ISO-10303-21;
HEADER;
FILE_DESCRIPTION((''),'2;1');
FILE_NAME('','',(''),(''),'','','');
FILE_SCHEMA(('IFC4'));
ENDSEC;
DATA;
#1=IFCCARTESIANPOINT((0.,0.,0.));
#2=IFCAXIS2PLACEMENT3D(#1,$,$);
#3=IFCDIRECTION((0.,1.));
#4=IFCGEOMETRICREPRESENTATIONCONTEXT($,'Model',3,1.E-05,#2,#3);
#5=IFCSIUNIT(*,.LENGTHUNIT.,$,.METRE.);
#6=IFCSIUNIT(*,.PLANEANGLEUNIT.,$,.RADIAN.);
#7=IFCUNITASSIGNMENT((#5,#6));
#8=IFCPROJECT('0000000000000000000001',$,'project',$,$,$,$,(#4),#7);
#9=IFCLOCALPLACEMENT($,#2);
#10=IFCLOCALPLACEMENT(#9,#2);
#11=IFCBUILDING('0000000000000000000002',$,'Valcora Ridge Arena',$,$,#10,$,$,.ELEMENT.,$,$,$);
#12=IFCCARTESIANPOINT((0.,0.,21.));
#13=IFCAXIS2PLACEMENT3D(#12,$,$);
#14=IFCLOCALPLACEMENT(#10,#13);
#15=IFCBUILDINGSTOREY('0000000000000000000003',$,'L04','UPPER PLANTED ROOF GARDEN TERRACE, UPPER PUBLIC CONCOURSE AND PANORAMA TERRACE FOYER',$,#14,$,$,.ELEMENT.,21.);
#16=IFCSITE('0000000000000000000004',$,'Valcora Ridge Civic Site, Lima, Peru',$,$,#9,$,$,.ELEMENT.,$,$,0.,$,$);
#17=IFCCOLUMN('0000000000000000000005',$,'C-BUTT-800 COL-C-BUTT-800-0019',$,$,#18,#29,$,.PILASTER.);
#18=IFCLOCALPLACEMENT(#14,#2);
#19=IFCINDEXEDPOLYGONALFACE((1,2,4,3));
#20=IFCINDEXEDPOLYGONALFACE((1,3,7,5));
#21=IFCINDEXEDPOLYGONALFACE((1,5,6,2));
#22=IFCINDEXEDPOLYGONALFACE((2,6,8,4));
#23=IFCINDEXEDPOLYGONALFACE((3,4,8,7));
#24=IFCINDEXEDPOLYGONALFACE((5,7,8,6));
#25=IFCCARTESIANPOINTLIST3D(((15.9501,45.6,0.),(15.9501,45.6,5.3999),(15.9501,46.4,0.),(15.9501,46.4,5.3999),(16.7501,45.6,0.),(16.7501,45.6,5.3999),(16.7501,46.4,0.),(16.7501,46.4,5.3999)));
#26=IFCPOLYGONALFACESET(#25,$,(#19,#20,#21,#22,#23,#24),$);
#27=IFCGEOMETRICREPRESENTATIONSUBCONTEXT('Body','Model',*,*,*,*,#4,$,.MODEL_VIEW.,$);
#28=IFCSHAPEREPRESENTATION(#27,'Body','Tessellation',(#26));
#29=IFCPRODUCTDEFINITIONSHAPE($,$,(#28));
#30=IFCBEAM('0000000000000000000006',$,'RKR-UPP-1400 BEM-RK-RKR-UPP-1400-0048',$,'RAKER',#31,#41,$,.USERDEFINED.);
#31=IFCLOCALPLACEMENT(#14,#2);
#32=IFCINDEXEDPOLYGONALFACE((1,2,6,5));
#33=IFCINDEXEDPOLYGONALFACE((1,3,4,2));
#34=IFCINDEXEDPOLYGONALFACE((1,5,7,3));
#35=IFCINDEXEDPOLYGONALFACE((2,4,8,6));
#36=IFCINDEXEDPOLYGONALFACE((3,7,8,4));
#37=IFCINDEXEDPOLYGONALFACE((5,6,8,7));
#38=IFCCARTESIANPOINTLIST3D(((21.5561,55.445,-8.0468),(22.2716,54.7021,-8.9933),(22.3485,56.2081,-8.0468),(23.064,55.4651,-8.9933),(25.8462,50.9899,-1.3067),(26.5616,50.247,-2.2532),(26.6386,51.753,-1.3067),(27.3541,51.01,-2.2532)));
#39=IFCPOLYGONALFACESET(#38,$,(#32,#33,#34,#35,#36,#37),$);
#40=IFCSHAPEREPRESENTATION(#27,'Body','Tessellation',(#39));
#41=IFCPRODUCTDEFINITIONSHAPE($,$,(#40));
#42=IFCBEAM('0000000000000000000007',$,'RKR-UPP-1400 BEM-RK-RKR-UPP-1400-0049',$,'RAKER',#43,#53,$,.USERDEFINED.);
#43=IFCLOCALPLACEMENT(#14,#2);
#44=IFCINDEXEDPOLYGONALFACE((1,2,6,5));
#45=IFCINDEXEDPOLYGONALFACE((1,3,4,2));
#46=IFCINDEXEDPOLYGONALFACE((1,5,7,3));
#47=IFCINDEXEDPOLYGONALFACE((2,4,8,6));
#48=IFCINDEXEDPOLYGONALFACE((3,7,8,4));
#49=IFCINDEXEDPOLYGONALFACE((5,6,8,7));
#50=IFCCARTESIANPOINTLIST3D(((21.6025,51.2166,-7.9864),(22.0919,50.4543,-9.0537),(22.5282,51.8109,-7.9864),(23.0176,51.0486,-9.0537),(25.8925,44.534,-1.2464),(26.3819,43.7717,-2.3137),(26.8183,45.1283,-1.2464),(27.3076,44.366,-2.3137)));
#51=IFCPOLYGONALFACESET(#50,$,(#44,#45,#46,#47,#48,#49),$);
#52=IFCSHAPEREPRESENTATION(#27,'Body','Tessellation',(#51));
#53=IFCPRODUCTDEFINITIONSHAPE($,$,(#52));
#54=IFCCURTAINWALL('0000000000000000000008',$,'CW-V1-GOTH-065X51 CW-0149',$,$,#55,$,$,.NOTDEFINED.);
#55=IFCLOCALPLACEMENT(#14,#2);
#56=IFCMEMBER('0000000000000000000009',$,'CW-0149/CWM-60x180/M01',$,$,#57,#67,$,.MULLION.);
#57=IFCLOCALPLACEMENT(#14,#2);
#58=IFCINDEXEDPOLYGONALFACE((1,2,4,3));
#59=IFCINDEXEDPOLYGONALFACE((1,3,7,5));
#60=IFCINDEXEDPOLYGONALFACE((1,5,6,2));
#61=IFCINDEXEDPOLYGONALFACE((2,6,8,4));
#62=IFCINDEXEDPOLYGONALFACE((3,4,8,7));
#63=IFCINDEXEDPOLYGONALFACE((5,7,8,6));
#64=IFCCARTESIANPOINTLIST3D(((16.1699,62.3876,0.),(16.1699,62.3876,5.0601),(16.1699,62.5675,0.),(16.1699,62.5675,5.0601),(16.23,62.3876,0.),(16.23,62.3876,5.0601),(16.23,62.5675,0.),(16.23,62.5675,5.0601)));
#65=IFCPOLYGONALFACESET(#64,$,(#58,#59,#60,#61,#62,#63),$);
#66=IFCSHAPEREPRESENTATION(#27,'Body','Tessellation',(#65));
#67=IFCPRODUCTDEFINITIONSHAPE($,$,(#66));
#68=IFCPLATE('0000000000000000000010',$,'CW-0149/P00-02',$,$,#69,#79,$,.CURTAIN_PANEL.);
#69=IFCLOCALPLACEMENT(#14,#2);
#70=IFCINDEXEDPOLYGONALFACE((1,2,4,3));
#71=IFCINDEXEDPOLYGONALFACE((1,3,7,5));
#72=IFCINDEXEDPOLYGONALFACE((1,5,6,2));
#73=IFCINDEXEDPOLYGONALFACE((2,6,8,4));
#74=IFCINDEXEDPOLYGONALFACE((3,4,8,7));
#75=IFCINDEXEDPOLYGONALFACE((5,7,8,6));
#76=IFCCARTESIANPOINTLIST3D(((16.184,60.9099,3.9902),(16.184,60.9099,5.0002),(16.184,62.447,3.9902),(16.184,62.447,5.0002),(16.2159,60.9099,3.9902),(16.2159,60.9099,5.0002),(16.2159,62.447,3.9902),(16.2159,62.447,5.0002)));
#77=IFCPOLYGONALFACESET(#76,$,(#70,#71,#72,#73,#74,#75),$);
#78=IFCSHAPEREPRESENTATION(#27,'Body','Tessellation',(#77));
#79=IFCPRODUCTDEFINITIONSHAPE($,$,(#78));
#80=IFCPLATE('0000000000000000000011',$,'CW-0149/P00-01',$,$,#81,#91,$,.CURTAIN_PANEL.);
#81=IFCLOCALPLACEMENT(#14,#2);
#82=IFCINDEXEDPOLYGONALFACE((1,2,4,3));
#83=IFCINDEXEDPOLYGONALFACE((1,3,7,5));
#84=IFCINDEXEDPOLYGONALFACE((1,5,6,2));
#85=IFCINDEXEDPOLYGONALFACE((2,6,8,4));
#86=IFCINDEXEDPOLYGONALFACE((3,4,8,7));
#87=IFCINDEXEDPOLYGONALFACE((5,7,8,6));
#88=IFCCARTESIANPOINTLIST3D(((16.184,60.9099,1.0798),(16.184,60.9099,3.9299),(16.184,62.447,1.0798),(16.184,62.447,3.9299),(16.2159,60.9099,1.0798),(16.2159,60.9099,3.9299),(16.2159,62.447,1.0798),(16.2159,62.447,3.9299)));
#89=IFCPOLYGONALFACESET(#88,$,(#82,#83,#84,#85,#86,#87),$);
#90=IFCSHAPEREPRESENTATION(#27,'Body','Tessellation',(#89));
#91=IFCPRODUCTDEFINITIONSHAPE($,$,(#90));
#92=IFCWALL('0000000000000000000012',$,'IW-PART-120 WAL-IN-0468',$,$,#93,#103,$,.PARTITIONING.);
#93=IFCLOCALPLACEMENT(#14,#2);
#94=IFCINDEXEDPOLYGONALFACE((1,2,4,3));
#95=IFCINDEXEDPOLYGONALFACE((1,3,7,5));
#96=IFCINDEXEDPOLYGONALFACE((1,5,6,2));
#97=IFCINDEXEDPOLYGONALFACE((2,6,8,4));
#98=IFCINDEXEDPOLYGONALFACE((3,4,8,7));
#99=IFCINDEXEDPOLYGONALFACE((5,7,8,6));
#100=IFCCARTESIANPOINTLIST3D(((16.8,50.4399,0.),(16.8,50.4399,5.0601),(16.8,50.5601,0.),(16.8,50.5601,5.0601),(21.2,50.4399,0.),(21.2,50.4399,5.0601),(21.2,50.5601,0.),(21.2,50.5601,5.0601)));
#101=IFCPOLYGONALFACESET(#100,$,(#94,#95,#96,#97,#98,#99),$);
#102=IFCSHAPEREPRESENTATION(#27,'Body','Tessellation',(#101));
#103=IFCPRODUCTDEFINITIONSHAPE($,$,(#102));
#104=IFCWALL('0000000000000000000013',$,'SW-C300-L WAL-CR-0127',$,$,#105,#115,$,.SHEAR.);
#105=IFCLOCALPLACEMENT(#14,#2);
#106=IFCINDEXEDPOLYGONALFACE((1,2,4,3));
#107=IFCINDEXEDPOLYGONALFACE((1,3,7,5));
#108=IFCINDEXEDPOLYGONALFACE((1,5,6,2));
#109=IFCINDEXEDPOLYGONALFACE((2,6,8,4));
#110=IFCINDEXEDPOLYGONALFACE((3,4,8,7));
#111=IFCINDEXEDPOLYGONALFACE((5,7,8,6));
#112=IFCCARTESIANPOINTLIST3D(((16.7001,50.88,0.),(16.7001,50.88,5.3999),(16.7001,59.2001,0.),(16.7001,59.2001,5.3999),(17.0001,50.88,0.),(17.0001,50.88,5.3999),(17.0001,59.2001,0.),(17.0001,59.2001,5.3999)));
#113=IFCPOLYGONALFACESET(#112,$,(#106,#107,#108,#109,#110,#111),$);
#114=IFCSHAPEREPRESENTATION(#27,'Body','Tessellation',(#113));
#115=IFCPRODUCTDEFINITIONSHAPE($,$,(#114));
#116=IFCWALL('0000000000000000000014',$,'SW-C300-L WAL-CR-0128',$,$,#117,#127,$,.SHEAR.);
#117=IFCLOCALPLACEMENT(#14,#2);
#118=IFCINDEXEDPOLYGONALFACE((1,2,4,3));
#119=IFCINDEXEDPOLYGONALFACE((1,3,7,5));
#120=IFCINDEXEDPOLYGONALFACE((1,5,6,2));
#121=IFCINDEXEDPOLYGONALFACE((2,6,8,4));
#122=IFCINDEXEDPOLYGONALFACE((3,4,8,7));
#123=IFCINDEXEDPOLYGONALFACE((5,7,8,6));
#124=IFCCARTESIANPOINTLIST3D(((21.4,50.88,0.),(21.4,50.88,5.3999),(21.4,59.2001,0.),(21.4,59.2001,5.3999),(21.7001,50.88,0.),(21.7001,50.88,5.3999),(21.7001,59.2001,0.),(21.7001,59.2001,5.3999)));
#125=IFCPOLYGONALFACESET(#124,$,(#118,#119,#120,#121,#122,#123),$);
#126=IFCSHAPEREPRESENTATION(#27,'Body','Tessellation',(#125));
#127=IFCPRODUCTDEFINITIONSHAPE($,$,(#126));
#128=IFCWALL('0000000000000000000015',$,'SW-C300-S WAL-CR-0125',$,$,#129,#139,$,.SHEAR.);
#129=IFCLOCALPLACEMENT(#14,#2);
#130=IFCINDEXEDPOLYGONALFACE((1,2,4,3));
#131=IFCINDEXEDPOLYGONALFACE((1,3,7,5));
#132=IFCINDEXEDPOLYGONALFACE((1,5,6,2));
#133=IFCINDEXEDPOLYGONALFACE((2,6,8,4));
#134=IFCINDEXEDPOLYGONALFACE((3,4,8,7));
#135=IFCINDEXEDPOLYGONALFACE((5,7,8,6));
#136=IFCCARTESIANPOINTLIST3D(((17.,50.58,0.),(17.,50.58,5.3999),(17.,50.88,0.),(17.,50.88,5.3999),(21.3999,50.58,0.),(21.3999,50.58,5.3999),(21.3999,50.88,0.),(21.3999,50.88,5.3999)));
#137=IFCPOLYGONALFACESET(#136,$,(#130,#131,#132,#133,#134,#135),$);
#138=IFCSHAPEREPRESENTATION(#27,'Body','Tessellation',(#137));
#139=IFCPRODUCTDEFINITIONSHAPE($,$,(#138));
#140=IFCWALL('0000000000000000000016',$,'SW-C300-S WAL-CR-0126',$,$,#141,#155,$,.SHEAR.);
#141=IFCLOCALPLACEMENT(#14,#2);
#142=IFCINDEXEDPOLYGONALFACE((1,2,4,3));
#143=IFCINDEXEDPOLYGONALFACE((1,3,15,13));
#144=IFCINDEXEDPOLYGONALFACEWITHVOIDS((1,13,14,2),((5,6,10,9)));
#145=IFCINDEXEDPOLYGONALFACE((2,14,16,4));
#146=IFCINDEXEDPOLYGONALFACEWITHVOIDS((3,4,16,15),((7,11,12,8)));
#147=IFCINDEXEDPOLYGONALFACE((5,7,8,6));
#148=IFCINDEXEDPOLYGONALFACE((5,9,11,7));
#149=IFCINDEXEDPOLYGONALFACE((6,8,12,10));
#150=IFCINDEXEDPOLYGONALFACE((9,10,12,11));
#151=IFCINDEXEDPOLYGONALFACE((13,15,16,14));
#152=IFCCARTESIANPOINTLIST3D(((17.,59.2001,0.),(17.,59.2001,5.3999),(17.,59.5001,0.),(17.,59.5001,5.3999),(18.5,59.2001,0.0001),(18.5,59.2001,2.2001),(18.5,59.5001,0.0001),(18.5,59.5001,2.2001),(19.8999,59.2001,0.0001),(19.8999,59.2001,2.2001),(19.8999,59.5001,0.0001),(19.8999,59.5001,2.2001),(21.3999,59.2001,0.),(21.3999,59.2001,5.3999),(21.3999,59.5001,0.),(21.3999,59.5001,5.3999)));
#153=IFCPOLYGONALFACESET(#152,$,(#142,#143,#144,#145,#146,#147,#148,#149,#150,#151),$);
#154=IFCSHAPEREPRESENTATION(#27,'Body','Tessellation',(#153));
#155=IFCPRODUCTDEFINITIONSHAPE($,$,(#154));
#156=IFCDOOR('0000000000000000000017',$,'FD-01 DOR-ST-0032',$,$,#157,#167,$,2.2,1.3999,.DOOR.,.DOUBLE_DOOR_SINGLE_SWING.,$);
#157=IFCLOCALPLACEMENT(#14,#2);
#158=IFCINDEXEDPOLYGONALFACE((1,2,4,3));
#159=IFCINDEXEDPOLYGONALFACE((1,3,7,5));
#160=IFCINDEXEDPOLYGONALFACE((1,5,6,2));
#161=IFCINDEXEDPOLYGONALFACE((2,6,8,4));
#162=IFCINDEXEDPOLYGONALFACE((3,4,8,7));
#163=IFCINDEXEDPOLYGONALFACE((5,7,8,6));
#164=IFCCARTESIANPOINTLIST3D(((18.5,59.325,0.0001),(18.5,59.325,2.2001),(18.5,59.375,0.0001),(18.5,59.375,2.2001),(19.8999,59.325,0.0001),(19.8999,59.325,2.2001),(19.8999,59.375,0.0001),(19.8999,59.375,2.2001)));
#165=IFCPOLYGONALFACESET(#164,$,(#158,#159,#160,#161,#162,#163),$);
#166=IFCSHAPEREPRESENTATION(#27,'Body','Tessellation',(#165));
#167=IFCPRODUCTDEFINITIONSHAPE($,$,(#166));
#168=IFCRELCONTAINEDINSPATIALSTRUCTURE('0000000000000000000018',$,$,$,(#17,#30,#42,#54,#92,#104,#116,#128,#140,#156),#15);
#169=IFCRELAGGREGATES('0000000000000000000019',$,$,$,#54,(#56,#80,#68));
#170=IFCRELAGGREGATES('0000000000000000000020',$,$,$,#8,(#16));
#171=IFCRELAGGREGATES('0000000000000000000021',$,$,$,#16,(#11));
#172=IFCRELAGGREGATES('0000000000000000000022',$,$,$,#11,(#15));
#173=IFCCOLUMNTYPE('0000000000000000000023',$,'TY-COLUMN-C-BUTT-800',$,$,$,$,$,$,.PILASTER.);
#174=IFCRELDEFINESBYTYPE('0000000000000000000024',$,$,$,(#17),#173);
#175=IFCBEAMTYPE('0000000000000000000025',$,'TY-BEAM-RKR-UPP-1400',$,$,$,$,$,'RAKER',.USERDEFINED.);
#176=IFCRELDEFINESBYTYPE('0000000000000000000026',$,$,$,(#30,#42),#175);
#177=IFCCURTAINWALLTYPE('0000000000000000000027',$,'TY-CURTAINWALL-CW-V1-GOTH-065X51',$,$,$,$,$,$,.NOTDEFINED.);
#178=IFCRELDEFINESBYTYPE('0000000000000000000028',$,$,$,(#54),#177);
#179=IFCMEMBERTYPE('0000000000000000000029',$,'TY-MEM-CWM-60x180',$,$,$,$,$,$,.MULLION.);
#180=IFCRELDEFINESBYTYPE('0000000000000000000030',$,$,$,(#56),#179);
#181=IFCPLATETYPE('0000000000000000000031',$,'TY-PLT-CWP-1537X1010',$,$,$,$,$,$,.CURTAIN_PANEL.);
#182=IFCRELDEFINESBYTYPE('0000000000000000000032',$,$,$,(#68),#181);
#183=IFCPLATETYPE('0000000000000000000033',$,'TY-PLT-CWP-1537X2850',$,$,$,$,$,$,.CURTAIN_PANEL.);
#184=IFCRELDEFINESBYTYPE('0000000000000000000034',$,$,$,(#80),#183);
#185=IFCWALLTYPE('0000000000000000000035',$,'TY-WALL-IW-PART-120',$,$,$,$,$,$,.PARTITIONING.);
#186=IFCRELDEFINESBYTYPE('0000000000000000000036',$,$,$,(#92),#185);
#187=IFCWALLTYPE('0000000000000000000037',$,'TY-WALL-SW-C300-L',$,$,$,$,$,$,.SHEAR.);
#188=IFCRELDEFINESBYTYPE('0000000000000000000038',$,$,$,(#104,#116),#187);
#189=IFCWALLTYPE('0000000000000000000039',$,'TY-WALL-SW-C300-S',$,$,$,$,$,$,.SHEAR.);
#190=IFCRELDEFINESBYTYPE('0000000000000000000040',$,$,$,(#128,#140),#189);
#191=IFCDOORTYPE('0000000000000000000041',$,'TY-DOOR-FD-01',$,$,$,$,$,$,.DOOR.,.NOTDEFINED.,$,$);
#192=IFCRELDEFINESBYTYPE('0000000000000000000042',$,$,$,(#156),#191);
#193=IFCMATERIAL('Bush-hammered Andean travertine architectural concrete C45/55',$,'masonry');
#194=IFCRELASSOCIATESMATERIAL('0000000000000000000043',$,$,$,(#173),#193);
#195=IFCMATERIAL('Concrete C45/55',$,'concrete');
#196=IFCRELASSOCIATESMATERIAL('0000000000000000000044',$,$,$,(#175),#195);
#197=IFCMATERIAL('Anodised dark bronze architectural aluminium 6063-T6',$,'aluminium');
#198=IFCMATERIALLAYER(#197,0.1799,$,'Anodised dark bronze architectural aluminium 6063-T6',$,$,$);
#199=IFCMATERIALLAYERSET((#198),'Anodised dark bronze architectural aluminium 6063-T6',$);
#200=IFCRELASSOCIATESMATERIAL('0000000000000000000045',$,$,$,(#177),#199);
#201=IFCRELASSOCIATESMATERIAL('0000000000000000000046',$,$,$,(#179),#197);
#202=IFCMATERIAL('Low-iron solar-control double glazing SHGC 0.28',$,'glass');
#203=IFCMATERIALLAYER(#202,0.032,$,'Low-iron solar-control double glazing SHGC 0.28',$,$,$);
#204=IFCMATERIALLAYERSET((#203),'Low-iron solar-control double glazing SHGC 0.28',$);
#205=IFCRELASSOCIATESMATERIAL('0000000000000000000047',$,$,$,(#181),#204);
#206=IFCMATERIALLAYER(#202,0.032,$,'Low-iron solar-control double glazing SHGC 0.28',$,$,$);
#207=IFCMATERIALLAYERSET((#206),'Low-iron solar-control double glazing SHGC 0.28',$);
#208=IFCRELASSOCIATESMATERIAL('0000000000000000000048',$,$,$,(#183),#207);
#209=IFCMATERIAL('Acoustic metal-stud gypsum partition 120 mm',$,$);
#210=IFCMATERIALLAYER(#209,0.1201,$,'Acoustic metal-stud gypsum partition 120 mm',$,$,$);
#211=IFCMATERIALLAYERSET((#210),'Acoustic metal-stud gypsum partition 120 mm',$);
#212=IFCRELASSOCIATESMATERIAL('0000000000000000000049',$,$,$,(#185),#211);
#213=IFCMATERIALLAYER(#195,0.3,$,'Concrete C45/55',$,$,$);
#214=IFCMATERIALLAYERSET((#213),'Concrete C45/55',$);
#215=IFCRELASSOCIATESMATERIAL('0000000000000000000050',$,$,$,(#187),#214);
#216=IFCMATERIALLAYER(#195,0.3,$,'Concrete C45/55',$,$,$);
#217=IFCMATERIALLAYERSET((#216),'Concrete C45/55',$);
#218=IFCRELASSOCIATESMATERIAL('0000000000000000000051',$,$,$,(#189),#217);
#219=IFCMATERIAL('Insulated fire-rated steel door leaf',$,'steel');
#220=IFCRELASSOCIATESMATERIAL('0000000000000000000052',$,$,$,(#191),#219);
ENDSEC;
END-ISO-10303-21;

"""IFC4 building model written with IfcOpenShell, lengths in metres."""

from ifc_helpers import new_model, si_unit, direction, frame, frame_2d, origin, origin_2d, place, context, subcontext, project, spatial, rectangle, extrude, material, layer, layer_set, material_profile, profile_set, type_object, element, fill, aggregate, save


model = new_model("IFC4")

# Units and contexts
model_context = context("Model", 3, precision=1e-05, world=origin(), true_north=direction((0.0, 1.0)))
body_context = subcontext(model_context, "Body", "Model", "MODEL_VIEW")
ifc_project = project(units=[si_unit("LENGTHUNIT", "METRE"), si_unit("PLANEANGLEUNIT", "RADIAN")], contexts=[model_context])

# Site, building, storey
site_placement = place(None, origin())
site = spatial("IfcSite", under=ifc_project, at=site_placement, Name="Valcora Ridge Civic Site, Lima, Peru", CompositionType="ELEMENT", RefElevation=0.0)
building_placement = place(site_placement, origin())
building = spatial("IfcBuilding", under=site, at=building_placement, Name="Valcora Ridge Arena", CompositionType="ELEMENT")
storey_placement = place(building_placement, frame((0.0, 0.0, 21.0)))
storey = spatial("IfcBuildingStorey", under=building, at=storey_placement, Name="L04", Description="UPPER PLANTED ROOF GARDEN TERRACE, UPPER PUBLIC CONCOURSE AND PANORAMA TERRACE FOYER", CompositionType="ELEMENT", Elevation=21.0)

# Column
ifc_material_1 = material(Name="Bush-hammered Andean travertine architectural concrete C45/55", Category="masonry")
ifc_material_profile_1 = material_profile(ifc_material_1, rectangle(XDim=0.8, YDim=0.8, at=origin_2d()), Name="RC 800x800")
ifc_profile_set_1 = profile_set([ifc_material_profile_1], Name="Bush-hammered Andean travertine architectural concrete C45/55")
column_type = type_object("IfcColumnType", Name="TY-COLUMN-C-BUTT-800", PredefinedType="PILASTER", material=ifc_profile_set_1)
column_placement = place(storey_placement, frame((16.3501, 46.0, 0.0), z_axis=(0.0, 0.0, 1.0), x_axis=(1.0, 0.0, 0.0)))
element("IfcColumn", 1, at=column_placement, inside=storey, type_object=column_type, Name="C-BUTT-800 COL-C-BUTT-800-0019", PredefinedType="PILASTER", context=body_context, shape_type="SweptSolid", body=[
    extrude(rectangle(XDim=0.8, YDim=0.8, at=origin_2d()), origin(), (0.0, 0.0, 1.0), 5.3999),
])

# Beams
ifc_material_2 = material(Name="Concrete C45/55", Category="concrete")
ifc_material_profile_2 = material_profile(ifc_material_2, rectangle(XDim=1.1001, YDim=1.3999, at=origin_2d()), Name="RC 1100x1400")
ifc_profile_set_2 = profile_set([ifc_material_profile_2], Name="Concrete C45/55")
beam_type = type_object("IfcBeamType", Name="TY-BEAM-RKR-UPP-1400", ElementType="RAKER", PredefinedType="USERDEFINED", material=ifc_profile_set_2)
beam_1_placement = place(storey_placement, frame((22.3101, 55.4551, -8.52), z_axis=(0.468977, -0.487019, 0.7368), x_axis=(0.720323, 0.693639, 0.0)))
element("IfcBeam", 2, at=beam_1_placement, inside=storey, type_object=beam_type, Name="RKR-UPP-1400 BEM-RK-RKR-UPP-1400-0048", ObjectType="RAKER", PredefinedType="USERDEFINED", context=body_context, shape_type="SweptSolid", body=[
    extrude(rectangle(XDim=1.1001, YDim=1.3999, at=origin_2d()), origin(), (0.0, 0.0, 1.0), 9.1477),
])
beam_2_placement = place(storey_placement, frame((22.3101, 51.1326, -8.52), z_axis=(0.411877, -0.641583, 0.647092), x_axis=(0.841518, 0.540229, 0.0)))
element("IfcBeam", 3, at=beam_2_placement, inside=storey, type_object=beam_type, Name="RKR-UPP-1400 BEM-RK-RKR-UPP-1400-0049", ObjectType="RAKER", PredefinedType="USERDEFINED", context=body_context, shape_type="SweptSolid", body=[
    extrude(rectangle(XDim=1.1001, YDim=1.3999, at=origin_2d()), origin(), (0.0, 0.0, 1.0), 10.4158),
])

# Curtain wall, member, plates
ifc_material_3 = material(Name="Anodised dark bronze architectural aluminium 6063-T6", Category="aluminium")
ifc_layer_1 = layer(ifc_material_3, 0.1799, Name="Anodised dark bronze architectural aluminium 6063-T6")
ifc_layer_set_1 = layer_set([ifc_layer_1], Name="Anodised dark bronze architectural aluminium 6063-T6")
curtain_wall_type = type_object("IfcCurtainWallType", Name="TY-CURTAINWALL-CW-V1-GOTH-065X51", PredefinedType="NOTDEFINED", material=ifc_layer_set_1)
curtain_wall_placement = place(storey_placement, origin())
curtain_wall = element("IfcCurtainWall", 4, at=curtain_wall_placement, inside=storey, type_object=curtain_wall_type, Name="CW-V1-GOTH-065X51 CW-0149", PredefinedType="NOTDEFINED")
ifc_material_profile_3 = material_profile(ifc_material_3, rectangle(XDim=0.0601, YDim=0.1799, at=origin_2d()), Name="ALU MULLION 60x180")
ifc_profile_set_3 = profile_set([ifc_material_profile_3], Name="Anodised dark bronze architectural aluminium 6063-T6")
member_type = type_object("IfcMemberType", Name="TY-MEM-CWM-60x180", PredefinedType="MULLION", material=ifc_profile_set_3)
member_placement = place(storey_placement, frame((16.2, 62.4775, 0.0), z_axis=(0.0, 0.0, 1.0), x_axis=(-1.0, 0.0, 0.0)))
member = element("IfcMember", 5, at=member_placement, type_object=member_type, Name="CW-0149/CWM-60x180/M01", PredefinedType="MULLION", context=body_context, shape_type="SweptSolid", body=[
    extrude(rectangle(XDim=0.0601, YDim=0.1799, at=origin_2d()), origin(), (0.0, 0.0, 1.0), 5.0601),
])
ifc_material_4 = material(Name="Low-iron solar-control double glazing SHGC 0.28", Category="glass")
ifc_layer_2 = layer(ifc_material_4, 0.032, Name="Low-iron solar-control double glazing SHGC 0.28")
ifc_layer_set_2 = layer_set([ifc_layer_2], Name="Low-iron solar-control double glazing SHGC 0.28")
plate_type_1 = type_object("IfcPlateType", Name="TY-PLT-CWP-1537X1010", PredefinedType="CURTAIN_PANEL", material=ifc_layer_set_2)
plate_1_placement = place(storey_placement, frame((16.2, 61.6785, 3.9902), z_axis=(0.0, 0.0, 1.0), x_axis=(0.0, 1.0, 0.0)))
plate_1 = element("IfcPlate", 6, at=plate_1_placement, type_object=plate_type_1, Name="CW-0149/P00-02", PredefinedType="CURTAIN_PANEL", context=body_context, shape_type="SweptSolid", body=[
    extrude(rectangle(XDim=1.5371, YDim=0.032, at=origin_2d()), origin(), (0.0, 0.0, 1.0), 1.01),
])
ifc_layer_3 = layer(ifc_material_4, 0.032, Name="Low-iron solar-control double glazing SHGC 0.28")
ifc_layer_set_3 = layer_set([ifc_layer_3], Name="Low-iron solar-control double glazing SHGC 0.28")
plate_type_2 = type_object("IfcPlateType", Name="TY-PLT-CWP-1537X2850", PredefinedType="CURTAIN_PANEL", material=ifc_layer_set_3)
plate_2_placement = place(storey_placement, frame((16.2, 61.6785, 1.0798), z_axis=(0.0, 0.0, 1.0), x_axis=(0.0, 1.0, 0.0)))
plate_2 = element("IfcPlate", 7, at=plate_2_placement, type_object=plate_type_2, Name="CW-0149/P00-01", PredefinedType="CURTAIN_PANEL", context=body_context, shape_type="SweptSolid", body=[
    extrude(rectangle(XDim=1.5371, YDim=0.032, at=origin_2d()), origin(), (0.0, 0.0, 1.0), 2.8501),
])
aggregate(curtain_wall, [member, plate_2, plate_1])

# Walls
ifc_material_5 = material(Name="Acoustic metal-stud gypsum partition 120 mm")
ifc_layer_4 = layer(ifc_material_5, 0.1201, Name="Acoustic metal-stud gypsum partition 120 mm")
ifc_layer_set_4 = layer_set([ifc_layer_4], Name="Acoustic metal-stud gypsum partition 120 mm")
wall_type_1 = type_object("IfcWallType", Name="TY-WALL-IW-PART-120", PredefinedType="PARTITIONING", material=ifc_layer_set_4)
wall_1_placement = place(storey_placement, frame((16.8, 50.5, 0.0), z_axis=(0.0, 0.0, 1.0), x_axis=(1.0, 0.0, 0.0)))
element("IfcWall", 8, at=wall_1_placement, inside=storey, type_object=wall_type_1, Name="IW-PART-120 WAL-IN-0468", PredefinedType="PARTITIONING", context=body_context, shape_type="SweptSolid", body=[
    extrude(rectangle(XDim=4.3999, YDim=0.1201, at=frame_2d((2.2, 0.0))), origin(), (0.0, 0.0, 1.0), 5.0601),
])
ifc_layer_5 = layer(ifc_material_2, 0.3, Name="Concrete C45/55")
ifc_layer_set_5 = layer_set([ifc_layer_5], Name="Concrete C45/55")
wall_type_2 = type_object("IfcWallType", Name="TY-WALL-SW-C300-L", PredefinedType="SHEAR", material=ifc_layer_set_5)
for number, where, z_axis, x_axis, name in (
    (9, (16.8501, 50.8799, 0.0), (0.0, 0.0, 1.0), (0.0, 1.0, 0.0), "SW-C300-L WAL-CR-0127"),
    (10, (21.55, 50.8799, 0.0), (0.0, 0.0, 1.0), (0.0, 1.0, 0.0), "SW-C300-L WAL-CR-0128"),
):
    element("IfcWall", number, at=place(storey_placement, frame(where, z_axis=z_axis, x_axis=x_axis)), inside=storey, type_object=wall_type_2, Name=name, PredefinedType="SHEAR", context=body_context, shape_type="SweptSolid", body=[
        extrude(rectangle(XDim=8.3201, YDim=0.3, at=frame_2d((4.1602, 0.0))), origin(), (0.0, 0.0, 1.0), 5.3999),
    ])
ifc_layer_6 = layer(ifc_material_2, 0.3, Name="Concrete C45/55")
ifc_layer_set_6 = layer_set([ifc_layer_6], Name="Concrete C45/55")
wall_type_3 = type_object("IfcWallType", Name="TY-WALL-SW-C300-S", PredefinedType="SHEAR", material=ifc_layer_set_6)
wall_2_placement = place(storey_placement, frame((17.0, 50.73, 0.0), z_axis=(0.0, 0.0, 1.0), x_axis=(1.0, 0.0, 0.0)))
element("IfcWall", 11, at=wall_2_placement, inside=storey, type_object=wall_type_3, Name="SW-C300-S WAL-CR-0125", PredefinedType="SHEAR", context=body_context, shape_type="SweptSolid", body=[
    extrude(rectangle(XDim=4.3999, YDim=0.3, at=frame_2d((2.2, 0.0))), origin(), (0.0, 0.0, 1.0), 5.3999),
])

# Wall, opening, door
wall_3_placement = place(storey_placement, frame((17.0, 59.3501, 0.0), z_axis=(0.0, 0.0, 1.0), x_axis=(1.0, 0.0, 0.0)))
wall_3 = element("IfcWall", 12, at=wall_3_placement, inside=storey, type_object=wall_type_3, Name="SW-C300-S WAL-CR-0126", PredefinedType="SHEAR", context=body_context, shape_type="SweptSolid", body=[
    extrude(rectangle(XDim=4.3999, YDim=0.3, at=frame_2d((2.2, 0.0))), origin(), (0.0, 0.0, 1.0), 5.3999),
])
opening_placement = place(wall_3_placement, frame((1.5, 0.0, 0.0)))
opening = element("IfcOpeningElement", 13, at=opening_placement, cuts=wall_3, PredefinedType="OPENING", context=body_context, shape_type="SweptSolid", body=[
    extrude(rectangle(XDim=1.3999, YDim=2.2, at=frame_2d((0.7, 1.1001))), frame((0.0, 0.1599, 0.0), z_axis=(0.0, -1.0, 0.0), x_axis=(1.0, 0.0, 0.0)), (0.0, 0.0, 1.0), 0.3201),
])
ifc_material_6 = material(Name="Insulated fire-rated steel door leaf", Category="steel")
door_type = type_object("IfcDoorType", Name="TY-DOOR-FD-01", OperationType="NOTDEFINED", PredefinedType="DOOR", material=ifc_material_6)
door_placement = place(opening_placement, origin())
door = element("IfcDoor", 14, at=door_placement, inside=storey, type_object=door_type, Name="FD-01 DOR-ST-0032", OperationType="DOUBLE_DOOR_SINGLE_SWING", OverallHeight=2.2, OverallWidth=1.3999, PredefinedType="DOOR", context=body_context, shape_type="SweptSolid", body=[
    extrude(rectangle(XDim=1.3999, YDim=2.2, at=frame_2d((0.7, 1.1001))), frame((0.0, 0.0249, 0.0), z_axis=(0.0, -1.0, 0.0), x_axis=(1.0, 0.0, 0.0)), (0.0, 0.0, 1.0), 0.05),
])
fill(opening, door)

save(model, "model.ifc")
